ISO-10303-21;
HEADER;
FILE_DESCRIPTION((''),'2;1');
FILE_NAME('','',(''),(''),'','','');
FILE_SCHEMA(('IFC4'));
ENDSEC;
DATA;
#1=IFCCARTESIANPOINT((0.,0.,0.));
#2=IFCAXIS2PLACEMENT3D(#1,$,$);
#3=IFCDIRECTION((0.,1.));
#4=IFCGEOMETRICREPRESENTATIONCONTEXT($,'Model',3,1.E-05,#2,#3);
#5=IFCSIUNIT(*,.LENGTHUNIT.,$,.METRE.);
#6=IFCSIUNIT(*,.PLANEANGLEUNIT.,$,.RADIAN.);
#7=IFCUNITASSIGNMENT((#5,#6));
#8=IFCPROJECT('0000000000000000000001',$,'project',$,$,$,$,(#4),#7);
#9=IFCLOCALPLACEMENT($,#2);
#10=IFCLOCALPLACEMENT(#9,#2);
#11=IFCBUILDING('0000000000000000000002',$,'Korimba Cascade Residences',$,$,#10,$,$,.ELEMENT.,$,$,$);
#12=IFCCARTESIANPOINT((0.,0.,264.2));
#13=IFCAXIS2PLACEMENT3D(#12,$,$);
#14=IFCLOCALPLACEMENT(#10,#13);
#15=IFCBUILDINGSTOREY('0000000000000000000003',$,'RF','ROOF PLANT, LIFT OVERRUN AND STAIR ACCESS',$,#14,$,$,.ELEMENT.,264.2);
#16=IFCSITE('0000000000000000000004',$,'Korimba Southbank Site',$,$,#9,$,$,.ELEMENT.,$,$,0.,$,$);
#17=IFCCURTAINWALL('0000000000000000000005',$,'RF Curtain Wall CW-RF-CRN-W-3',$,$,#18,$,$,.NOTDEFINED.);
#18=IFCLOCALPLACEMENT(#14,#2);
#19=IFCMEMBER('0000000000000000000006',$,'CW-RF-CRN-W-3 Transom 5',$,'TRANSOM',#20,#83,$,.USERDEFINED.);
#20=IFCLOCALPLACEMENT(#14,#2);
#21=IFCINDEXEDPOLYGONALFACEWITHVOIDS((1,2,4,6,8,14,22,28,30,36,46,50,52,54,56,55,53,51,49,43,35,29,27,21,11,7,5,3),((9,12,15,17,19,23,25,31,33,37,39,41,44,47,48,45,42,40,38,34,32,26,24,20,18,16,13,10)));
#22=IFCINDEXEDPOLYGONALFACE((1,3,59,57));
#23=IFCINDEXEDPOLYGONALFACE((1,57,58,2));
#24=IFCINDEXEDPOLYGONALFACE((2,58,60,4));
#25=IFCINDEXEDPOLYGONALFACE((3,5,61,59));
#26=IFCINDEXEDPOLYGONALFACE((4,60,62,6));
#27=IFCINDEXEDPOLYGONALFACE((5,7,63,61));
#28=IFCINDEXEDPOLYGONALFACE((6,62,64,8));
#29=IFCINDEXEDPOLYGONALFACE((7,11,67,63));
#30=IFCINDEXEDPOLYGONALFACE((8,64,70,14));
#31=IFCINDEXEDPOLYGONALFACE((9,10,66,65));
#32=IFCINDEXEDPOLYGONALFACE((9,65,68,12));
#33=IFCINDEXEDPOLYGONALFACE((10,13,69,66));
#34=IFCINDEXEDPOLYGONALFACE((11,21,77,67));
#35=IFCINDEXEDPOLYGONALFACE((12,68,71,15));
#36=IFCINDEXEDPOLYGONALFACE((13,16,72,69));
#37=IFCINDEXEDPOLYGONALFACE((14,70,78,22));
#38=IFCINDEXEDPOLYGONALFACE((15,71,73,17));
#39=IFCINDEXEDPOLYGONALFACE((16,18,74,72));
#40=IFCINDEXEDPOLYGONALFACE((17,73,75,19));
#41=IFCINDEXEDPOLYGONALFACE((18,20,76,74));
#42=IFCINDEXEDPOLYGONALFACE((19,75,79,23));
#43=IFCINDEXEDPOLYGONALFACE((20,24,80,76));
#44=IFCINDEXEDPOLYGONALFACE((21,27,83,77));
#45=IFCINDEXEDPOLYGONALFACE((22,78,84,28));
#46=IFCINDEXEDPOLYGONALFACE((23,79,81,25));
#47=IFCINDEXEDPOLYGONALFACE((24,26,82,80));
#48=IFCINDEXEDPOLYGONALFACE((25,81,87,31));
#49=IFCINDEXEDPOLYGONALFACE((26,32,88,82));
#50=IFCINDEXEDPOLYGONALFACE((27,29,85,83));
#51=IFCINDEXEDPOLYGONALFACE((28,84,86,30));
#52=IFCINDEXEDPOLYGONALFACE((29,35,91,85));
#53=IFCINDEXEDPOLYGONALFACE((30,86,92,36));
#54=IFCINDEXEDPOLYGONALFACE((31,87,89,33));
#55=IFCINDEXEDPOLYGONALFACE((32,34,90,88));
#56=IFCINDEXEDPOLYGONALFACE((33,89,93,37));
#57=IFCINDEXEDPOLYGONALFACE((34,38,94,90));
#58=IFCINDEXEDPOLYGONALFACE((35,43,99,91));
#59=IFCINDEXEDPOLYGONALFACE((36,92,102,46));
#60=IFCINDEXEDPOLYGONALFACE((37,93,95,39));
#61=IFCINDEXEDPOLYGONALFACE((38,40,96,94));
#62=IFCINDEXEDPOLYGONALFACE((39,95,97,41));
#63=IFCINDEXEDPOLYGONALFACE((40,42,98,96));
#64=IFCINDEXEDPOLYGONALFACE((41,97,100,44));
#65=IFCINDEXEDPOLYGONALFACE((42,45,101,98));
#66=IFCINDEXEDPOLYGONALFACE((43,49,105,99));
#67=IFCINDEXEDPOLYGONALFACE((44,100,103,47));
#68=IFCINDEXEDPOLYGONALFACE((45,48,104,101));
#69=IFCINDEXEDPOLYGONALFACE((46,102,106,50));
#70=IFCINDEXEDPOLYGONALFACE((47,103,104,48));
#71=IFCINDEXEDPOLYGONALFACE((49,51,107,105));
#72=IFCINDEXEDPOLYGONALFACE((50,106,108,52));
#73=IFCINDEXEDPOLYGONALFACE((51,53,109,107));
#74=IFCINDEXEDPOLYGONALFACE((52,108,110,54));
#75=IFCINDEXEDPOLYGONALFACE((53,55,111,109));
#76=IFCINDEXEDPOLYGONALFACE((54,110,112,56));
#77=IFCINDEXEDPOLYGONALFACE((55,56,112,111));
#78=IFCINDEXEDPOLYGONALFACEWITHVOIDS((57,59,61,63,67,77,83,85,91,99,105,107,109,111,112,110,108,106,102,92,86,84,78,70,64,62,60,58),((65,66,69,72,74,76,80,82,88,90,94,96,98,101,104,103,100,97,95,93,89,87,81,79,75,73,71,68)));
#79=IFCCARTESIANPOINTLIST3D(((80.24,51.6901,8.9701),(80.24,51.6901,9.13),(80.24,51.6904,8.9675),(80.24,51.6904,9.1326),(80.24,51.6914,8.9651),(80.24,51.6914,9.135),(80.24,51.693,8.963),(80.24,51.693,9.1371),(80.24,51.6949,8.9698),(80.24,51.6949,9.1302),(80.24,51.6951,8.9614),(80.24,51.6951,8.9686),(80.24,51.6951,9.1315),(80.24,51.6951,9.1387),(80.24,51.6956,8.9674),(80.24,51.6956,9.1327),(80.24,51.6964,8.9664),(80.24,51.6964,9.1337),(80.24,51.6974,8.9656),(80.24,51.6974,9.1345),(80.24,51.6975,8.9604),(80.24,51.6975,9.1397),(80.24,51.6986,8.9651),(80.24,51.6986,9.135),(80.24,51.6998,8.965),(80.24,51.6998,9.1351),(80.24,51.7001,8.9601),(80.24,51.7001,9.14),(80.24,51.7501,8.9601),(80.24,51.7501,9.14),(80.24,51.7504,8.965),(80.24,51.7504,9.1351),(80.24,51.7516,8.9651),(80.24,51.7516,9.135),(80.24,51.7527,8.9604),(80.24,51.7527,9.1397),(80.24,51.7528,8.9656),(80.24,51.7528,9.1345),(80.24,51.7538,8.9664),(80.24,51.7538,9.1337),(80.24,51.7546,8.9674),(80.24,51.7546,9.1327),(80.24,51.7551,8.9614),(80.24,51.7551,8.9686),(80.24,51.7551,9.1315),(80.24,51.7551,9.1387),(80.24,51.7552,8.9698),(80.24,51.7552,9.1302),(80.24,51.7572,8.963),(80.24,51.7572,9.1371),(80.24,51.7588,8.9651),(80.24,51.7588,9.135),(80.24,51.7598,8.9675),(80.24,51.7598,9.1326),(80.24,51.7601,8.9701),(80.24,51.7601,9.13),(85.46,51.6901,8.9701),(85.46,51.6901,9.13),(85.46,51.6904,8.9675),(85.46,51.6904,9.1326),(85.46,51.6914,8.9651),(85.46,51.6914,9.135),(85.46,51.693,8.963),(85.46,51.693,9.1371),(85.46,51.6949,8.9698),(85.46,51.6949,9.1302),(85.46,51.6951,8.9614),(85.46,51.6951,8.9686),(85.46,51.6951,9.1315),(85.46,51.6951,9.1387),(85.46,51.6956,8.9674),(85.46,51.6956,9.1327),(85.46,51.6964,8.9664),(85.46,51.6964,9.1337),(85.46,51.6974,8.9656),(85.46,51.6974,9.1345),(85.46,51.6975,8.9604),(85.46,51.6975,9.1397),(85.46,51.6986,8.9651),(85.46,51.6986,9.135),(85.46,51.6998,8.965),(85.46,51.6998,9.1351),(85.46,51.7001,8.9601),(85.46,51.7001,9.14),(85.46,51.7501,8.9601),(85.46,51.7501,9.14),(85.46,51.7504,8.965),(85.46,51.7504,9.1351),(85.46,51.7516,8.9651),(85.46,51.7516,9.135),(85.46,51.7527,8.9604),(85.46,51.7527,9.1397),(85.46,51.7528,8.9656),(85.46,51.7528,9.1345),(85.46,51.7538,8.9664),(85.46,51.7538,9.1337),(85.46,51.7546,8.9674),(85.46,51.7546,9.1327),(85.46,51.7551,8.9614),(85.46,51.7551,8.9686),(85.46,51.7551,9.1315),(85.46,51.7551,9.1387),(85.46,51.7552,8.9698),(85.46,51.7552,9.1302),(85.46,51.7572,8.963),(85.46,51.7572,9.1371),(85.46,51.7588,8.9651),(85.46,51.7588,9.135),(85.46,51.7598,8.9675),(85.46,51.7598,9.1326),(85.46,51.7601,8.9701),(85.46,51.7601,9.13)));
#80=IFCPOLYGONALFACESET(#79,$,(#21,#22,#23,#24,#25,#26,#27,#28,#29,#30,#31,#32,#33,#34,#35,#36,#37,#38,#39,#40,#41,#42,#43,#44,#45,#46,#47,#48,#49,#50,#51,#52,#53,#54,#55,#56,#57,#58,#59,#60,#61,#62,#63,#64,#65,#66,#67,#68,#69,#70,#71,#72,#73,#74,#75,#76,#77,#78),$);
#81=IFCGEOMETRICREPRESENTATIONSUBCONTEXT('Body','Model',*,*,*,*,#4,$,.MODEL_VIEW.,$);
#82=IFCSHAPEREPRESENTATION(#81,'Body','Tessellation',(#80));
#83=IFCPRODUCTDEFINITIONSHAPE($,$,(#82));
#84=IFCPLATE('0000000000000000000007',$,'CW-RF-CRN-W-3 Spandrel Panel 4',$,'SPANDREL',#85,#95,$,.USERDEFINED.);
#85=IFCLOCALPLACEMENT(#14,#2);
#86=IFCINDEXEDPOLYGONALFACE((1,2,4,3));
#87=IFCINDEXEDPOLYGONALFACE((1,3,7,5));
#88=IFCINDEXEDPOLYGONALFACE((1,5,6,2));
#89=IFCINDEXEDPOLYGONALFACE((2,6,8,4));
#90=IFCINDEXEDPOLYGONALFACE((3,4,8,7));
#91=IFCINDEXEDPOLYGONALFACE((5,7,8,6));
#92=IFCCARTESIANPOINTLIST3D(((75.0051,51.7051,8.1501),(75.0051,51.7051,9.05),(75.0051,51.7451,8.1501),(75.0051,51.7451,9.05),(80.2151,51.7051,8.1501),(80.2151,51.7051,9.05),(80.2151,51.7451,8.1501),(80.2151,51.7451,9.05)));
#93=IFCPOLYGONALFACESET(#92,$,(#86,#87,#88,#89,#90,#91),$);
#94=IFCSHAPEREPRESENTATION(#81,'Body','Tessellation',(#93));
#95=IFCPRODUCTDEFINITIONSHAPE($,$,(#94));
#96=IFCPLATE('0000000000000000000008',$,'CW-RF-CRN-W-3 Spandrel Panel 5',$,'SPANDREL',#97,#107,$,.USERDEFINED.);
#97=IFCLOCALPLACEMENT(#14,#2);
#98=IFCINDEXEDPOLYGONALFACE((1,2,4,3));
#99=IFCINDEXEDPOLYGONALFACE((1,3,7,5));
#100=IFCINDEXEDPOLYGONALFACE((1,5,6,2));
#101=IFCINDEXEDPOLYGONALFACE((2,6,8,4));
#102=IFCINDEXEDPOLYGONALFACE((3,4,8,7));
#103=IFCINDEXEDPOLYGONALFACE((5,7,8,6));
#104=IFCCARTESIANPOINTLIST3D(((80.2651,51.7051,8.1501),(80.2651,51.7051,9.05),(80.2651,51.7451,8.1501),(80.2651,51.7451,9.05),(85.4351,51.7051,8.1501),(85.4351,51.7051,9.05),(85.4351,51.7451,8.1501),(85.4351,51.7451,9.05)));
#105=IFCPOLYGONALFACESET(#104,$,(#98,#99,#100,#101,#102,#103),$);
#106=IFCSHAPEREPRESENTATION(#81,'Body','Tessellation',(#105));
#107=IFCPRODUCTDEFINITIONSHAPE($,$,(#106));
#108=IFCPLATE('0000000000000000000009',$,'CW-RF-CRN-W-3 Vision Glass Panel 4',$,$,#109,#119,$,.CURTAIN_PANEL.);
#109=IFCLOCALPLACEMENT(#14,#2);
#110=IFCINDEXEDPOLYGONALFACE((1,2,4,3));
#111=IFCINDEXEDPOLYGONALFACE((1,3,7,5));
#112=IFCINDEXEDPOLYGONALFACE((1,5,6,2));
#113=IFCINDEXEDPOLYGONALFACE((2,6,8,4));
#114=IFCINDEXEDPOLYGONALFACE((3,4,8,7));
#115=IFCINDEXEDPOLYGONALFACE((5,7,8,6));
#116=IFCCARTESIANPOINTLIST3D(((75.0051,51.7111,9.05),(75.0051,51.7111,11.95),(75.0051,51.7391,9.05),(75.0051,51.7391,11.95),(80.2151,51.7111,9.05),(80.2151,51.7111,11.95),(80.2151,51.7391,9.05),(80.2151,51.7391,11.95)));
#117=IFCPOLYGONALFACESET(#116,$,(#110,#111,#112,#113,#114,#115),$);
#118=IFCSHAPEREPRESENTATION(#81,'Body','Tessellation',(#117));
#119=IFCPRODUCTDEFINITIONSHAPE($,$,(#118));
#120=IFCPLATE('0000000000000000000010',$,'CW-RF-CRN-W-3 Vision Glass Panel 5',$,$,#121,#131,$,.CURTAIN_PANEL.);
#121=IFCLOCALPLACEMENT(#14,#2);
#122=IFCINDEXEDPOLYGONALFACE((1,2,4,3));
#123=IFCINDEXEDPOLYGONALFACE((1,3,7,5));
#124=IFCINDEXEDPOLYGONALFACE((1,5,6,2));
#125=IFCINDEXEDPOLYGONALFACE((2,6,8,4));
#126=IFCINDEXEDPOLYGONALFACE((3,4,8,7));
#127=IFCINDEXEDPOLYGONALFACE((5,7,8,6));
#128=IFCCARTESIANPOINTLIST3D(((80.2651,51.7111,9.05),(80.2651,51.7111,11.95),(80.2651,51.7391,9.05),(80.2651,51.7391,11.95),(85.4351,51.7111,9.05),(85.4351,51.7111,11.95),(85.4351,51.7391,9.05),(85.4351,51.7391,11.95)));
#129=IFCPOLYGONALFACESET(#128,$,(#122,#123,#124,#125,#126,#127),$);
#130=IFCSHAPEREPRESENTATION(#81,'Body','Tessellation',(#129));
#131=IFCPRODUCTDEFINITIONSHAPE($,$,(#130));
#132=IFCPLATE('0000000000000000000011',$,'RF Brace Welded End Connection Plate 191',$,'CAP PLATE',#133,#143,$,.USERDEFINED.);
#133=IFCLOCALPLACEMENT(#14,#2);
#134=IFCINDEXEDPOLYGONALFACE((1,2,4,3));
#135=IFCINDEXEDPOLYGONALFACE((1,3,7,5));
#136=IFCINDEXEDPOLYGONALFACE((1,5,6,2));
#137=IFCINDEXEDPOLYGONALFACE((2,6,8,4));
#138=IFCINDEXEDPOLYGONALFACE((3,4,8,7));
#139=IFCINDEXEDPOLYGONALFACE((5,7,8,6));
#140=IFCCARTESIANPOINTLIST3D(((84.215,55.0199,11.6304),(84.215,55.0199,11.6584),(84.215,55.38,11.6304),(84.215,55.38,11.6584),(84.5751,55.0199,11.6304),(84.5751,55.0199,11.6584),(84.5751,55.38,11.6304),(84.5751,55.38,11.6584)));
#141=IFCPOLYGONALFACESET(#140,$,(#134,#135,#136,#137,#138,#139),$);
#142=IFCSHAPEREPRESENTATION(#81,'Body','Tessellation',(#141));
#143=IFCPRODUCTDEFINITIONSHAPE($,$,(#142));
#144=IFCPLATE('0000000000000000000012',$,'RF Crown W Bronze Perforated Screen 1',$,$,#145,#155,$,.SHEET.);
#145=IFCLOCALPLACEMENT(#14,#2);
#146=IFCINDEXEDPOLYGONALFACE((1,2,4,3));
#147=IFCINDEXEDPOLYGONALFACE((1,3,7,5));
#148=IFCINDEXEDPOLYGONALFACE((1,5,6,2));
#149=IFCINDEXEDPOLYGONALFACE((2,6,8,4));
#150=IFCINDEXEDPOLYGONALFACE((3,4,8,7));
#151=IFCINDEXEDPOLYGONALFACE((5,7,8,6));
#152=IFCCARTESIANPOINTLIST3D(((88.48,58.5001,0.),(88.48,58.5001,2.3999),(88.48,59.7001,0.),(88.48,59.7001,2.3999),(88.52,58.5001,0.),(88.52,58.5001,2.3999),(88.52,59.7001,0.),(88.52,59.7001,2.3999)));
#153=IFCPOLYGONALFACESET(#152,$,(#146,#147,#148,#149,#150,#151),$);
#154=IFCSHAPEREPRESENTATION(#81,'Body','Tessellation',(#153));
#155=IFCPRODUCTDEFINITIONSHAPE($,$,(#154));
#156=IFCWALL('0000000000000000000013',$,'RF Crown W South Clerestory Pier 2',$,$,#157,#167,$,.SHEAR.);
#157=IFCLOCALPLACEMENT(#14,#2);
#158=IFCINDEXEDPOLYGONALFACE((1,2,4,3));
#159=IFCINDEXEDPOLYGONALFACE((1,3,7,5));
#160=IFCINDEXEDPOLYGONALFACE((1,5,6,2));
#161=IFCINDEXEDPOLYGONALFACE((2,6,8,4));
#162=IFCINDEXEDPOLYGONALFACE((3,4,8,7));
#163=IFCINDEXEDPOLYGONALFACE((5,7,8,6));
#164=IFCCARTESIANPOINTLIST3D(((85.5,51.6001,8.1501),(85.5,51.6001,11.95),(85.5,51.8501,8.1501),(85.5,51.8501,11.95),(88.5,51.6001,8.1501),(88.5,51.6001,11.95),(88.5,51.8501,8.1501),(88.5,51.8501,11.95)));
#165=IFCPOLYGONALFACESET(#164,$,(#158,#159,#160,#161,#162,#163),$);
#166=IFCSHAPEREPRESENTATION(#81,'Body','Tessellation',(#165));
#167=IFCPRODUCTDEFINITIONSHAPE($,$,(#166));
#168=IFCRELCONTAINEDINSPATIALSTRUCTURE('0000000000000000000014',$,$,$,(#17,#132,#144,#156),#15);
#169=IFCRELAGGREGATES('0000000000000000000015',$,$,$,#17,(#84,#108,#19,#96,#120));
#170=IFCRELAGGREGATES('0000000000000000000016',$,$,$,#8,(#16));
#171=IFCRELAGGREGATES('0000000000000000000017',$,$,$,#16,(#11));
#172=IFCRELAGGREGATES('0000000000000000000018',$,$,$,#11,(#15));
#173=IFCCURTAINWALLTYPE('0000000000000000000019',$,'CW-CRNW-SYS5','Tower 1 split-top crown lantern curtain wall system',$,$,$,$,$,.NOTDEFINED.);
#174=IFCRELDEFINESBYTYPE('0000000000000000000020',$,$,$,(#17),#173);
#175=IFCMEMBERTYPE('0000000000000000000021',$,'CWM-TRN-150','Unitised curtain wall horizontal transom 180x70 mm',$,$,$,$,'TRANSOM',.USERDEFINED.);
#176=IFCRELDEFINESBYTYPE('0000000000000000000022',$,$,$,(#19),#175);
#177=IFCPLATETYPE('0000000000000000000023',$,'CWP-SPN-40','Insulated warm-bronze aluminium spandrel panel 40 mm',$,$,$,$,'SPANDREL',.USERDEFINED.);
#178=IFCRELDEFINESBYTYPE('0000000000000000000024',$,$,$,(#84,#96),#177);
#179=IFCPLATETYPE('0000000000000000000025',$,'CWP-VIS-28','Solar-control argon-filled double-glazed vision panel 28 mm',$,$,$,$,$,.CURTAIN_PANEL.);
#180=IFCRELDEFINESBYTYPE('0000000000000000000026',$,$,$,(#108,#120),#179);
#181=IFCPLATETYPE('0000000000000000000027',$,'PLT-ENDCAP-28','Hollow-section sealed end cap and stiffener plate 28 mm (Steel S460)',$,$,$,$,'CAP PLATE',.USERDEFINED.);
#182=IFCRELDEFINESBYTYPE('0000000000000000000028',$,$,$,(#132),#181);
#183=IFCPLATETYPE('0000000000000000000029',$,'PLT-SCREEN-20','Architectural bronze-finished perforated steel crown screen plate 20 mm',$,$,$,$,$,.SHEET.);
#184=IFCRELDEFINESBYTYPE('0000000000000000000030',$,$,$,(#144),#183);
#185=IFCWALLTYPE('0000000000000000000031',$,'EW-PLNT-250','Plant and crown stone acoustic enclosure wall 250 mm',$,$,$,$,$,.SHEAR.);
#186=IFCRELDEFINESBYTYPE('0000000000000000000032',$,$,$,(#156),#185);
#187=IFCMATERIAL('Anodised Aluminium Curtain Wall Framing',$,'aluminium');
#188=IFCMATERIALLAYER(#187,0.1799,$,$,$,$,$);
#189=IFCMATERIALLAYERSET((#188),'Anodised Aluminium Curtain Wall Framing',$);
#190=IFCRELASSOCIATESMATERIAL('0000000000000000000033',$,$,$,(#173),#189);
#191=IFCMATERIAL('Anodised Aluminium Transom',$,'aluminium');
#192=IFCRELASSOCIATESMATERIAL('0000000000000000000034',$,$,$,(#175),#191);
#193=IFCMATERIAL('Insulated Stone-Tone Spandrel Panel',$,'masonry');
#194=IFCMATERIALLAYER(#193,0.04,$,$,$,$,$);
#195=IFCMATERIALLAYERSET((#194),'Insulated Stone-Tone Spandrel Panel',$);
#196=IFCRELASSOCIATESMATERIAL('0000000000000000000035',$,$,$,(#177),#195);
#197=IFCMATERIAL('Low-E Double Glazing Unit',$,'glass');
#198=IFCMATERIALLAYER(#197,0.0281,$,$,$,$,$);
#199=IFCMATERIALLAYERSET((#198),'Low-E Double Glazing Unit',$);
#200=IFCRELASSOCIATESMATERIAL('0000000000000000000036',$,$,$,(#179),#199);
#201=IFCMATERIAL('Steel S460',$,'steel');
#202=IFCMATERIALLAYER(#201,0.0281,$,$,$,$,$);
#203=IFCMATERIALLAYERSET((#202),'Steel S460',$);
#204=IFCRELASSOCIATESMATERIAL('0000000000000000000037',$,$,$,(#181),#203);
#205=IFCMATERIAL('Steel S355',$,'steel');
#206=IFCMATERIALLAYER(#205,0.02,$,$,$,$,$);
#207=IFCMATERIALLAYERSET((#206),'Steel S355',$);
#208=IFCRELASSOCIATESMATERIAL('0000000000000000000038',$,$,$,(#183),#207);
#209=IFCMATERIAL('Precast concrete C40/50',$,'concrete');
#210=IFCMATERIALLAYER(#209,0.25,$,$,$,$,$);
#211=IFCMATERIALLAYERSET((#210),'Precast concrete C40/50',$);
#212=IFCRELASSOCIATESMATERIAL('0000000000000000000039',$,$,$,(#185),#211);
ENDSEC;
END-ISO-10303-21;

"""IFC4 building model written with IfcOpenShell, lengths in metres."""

from ifc_helpers import new_model, si_unit, direction, frame, frame_2d, origin, origin_2d, place, context, subcontext, project, spatial, rectangle, hollow_rectangle, extrude, material, layer, layer_set, material_profile, profile_set, type_object, element, aggregate, save


model = new_model("IFC4")

# Units and contexts
model_context = context("Model", 3, precision=1e-05, world=origin(), true_north=direction((0.0, 1.0)))
body_context = subcontext(model_context, "Body", "Model", "MODEL_VIEW")
ifc_project = project(units=[si_unit("LENGTHUNIT", "METRE"), si_unit("PLANEANGLEUNIT", "RADIAN")], contexts=[model_context])

# Site, building, storey
site_placement = place(None, origin())
site = spatial("IfcSite", under=ifc_project, at=site_placement, Name="Korimba Southbank Site", CompositionType="ELEMENT", RefElevation=0.0)
building_placement = place(site_placement, origin())
building = spatial("IfcBuilding", under=site, at=building_placement, Name="Korimba Cascade Residences", CompositionType="ELEMENT")
storey_placement = place(building_placement, frame((0.0, 0.0, 264.2)))
storey = spatial("IfcBuildingStorey", under=building, at=storey_placement, Name="RF", Description="ROOF PLANT, LIFT OVERRUN AND STAIR ACCESS", CompositionType="ELEMENT", Elevation=264.2)

# Shared definitions
ifc_material_1 = material(Name="Steel S355", Category="steel")

# Curtain wall, member, plates
ifc_material_2 = material(Name="Anodised Aluminium Curtain Wall Framing", Category="aluminium")
ifc_layer_1 = layer(ifc_material_2, 0.1799)
ifc_layer_set_1 = layer_set([ifc_layer_1], Name="Anodised Aluminium Curtain Wall Framing")
curtain_wall_type = type_object("IfcCurtainWallType", Name="CW-CRNW-SYS5", Description="Tower 1 split-top crown lantern curtain wall system", PredefinedType="NOTDEFINED", material=ifc_layer_set_1)
curtain_wall_placement = place(storey_placement, origin())
curtain_wall = element("IfcCurtainWall", 1, at=curtain_wall_placement, inside=storey, type_object=curtain_wall_type, Name="RF Curtain Wall CW-RF-CRN-W-3", PredefinedType="NOTDEFINED")
ifc_material_3 = material(Name="Anodised Aluminium Transom", Category="aluminium")
ifc_material_profile_1 = material_profile(ifc_material_3, hollow_rectangle(XDim=0.0701, YDim=0.1799, WallThickness=0.0049, InnerFilletRadius=0.0049, OuterFilletRadius=0.01, at=origin_2d()), Name="Anodised Aluminium Transom")
ifc_profile_set_1 = profile_set([ifc_material_profile_1], Name="Anodised Aluminium Transom")
member_type_1 = type_object("IfcMemberType", Name="CWM-TRN-150", Description="Unitised curtain wall horizontal transom 180x70 mm", ElementType="TRANSOM", PredefinedType="USERDEFINED", material=ifc_profile_set_1)
member_1_placement = place(storey_placement, frame((80.24, 51.7251, 9.05), z_axis=(1.0, 0.0, 0.0), x_axis=(0.0, 1.0, 0.0)))
member_1 = element("IfcMember", 2, at=member_1_placement, type_object=member_type_1, Name="CW-RF-CRN-W-3 Transom 5", ObjectType="TRANSOM", PredefinedType="USERDEFINED", context=body_context, shape_type="SweptSolid", body=[
    extrude(hollow_rectangle(XDim=0.0701, YDim=0.1799, WallThickness=0.0049, InnerFilletRadius=0.0049, OuterFilletRadius=0.01, at=origin_2d()), origin(), (0.0, 0.0, 1.0), 5.22),
])
ifc_material_4 = material(Name="Insulated Stone-Tone Spandrel Panel", Category="masonry")
ifc_layer_2 = layer(ifc_material_4, 0.04)
ifc_layer_set_2 = layer_set([ifc_layer_2], Name="Insulated Stone-Tone Spandrel Panel")
plate_type_1 = type_object("IfcPlateType", Name="CWP-SPN-40", Description="Insulated warm-bronze aluminium spandrel panel 40 mm", ElementType="SPANDREL", PredefinedType="USERDEFINED", material=ifc_layer_set_2)
plate_1_placement = place(storey_placement, frame((77.6101, 51.7251, 8.1501), z_axis=(0.0, 0.0, 1.0), x_axis=(1.0, 0.0, 0.0)))
plate_1 = element("IfcPlate", 3, at=plate_1_placement, type_object=plate_type_1, Name="CW-RF-CRN-W-3 Spandrel Panel 4", ObjectType="SPANDREL", PredefinedType="USERDEFINED", context=body_context, shape_type="SweptSolid", body=[
    extrude(rectangle(XDim=5.21, YDim=0.04, at=origin_2d()), origin(), (0.0, 0.0, 1.0), 0.8999),
])
plate_2_placement = place(storey_placement, frame((82.8501, 51.7251, 8.1501), z_axis=(0.0, 0.0, 1.0), x_axis=(1.0, 0.0, 0.0)))
plate_2 = element("IfcPlate", 4, at=plate_2_placement, type_object=plate_type_1, Name="CW-RF-CRN-W-3 Spandrel Panel 5", ObjectType="SPANDREL", PredefinedType="USERDEFINED", context=body_context, shape_type="SweptSolid", body=[
    extrude(rectangle(XDim=5.1699, YDim=0.04, at=origin_2d()), origin(), (0.0, 0.0, 1.0), 0.8999),
])
ifc_material_5 = material(Name="Low-E Double Glazing Unit", Category="glass")
ifc_layer_3 = layer(ifc_material_5, 0.0281)
ifc_layer_set_3 = layer_set([ifc_layer_3], Name="Low-E Double Glazing Unit")
plate_type_2 = type_object("IfcPlateType", Name="CWP-VIS-28", Description="Solar-control argon-filled double-glazed vision panel 28 mm", PredefinedType="CURTAIN_PANEL", material=ifc_layer_set_3)
plate_3_placement = place(storey_placement, frame((77.6101, 51.7251, 9.05), z_axis=(0.0, 0.0, 1.0), x_axis=(1.0, 0.0, 0.0)))
plate_3 = element("IfcPlate", 5, at=plate_3_placement, type_object=plate_type_2, Name="CW-RF-CRN-W-3 Vision Glass Panel 4", PredefinedType="CURTAIN_PANEL", context=body_context, shape_type="SweptSolid", body=[
    extrude(rectangle(XDim=5.21, YDim=0.0281, at=origin_2d()), origin(), (0.0, 0.0, 1.0), 2.8999),
])
plate_4_placement = place(storey_placement, frame((82.8501, 51.7251, 9.05), z_axis=(0.0, 0.0, 1.0), x_axis=(1.0, 0.0, 0.0)))
plate_4 = element("IfcPlate", 6, at=plate_4_placement, type_object=plate_type_2, Name="CW-RF-CRN-W-3 Vision Glass Panel 5", PredefinedType="CURTAIN_PANEL", context=body_context, shape_type="SweptSolid", body=[
    extrude(rectangle(XDim=5.1699, YDim=0.0281, at=origin_2d()), origin(), (0.0, 0.0, 1.0), 2.8999),
])
aggregate(curtain_wall, [plate_1, plate_3, member_1, plate_2, plate_4])

# Plates
ifc_material_6 = material(Name="Steel S460", Category="steel")
ifc_layer_4 = layer(ifc_material_6, 0.0281)
ifc_layer_set_4 = layer_set([ifc_layer_4], Name="Steel S460")
plate_type_3 = type_object("IfcPlateType", Name="PLT-ENDCAP-28", Description="Hollow-section sealed end cap and stiffener plate 28 mm (Steel S460)", ElementType="CAP PLATE", PredefinedType="USERDEFINED", material=ifc_layer_set_4)
plate_5_placement = place(storey_placement, frame((84.395, 55.2, 11.6304), z_axis=(0.0, 0.0, 1.0), x_axis=(1.0, 0.0, 0.0)))
element("IfcPlate", 7, at=plate_5_placement, inside=storey, type_object=plate_type_3, Name="RF Brace Welded End Connection Plate 191", ObjectType="CAP PLATE", PredefinedType="USERDEFINED", context=body_context, shape_type="SweptSolid", body=[
    extrude(rectangle(XDim=0.3601, YDim=0.3601, at=origin_2d()), origin(), (0.0, 0.0, 1.0), 0.0281),
])
ifc_layer_5 = layer(ifc_material_1, 0.02)
ifc_layer_set_5 = layer_set([ifc_layer_5], Name="Steel S355")
plate_type_4 = type_object("IfcPlateType", Name="PLT-SCREEN-20", Description="Architectural bronze-finished perforated steel crown screen plate 20 mm", PredefinedType="SHEET", material=ifc_layer_set_5)
plate_6_placement = place(storey_placement, frame((88.5, 59.1001, 0.0), z_axis=(0.0, 0.0, 1.0), x_axis=(1.0, 0.0, 0.0)))
element("IfcPlate", 8, at=plate_6_placement, inside=storey, type_object=plate_type_4, Name="RF Crown W Bronze Perforated Screen 1", PredefinedType="SHEET", context=body_context, shape_type="SweptSolid", body=[
    extrude(rectangle(XDim=0.04, YDim=1.2, at=origin_2d()), origin(), (0.0, 0.0, 1.0), 2.3999),
])

# Wall
ifc_material_7 = material(Name="Precast concrete C40/50", Category="concrete")
ifc_layer_6 = layer(ifc_material_7, 0.25)
ifc_layer_set_6 = layer_set([ifc_layer_6], Name="Precast concrete C40/50")
wall_type_1 = type_object("IfcWallType", Name="EW-PLNT-250", Description="Plant and crown stone acoustic enclosure wall 250 mm", PredefinedType="SHEAR", material=ifc_layer_set_6)
wall_1_placement = place(storey_placement, frame((85.5, 51.7251, 8.1501), z_axis=(0.0, 0.0, 1.0), x_axis=(1.0, 0.0, 0.0)))
element("IfcWall", 9, at=wall_1_placement, inside=storey, type_object=wall_type_1, Name="RF Crown W South Clerestory Pier 2", PredefinedType="SHEAR", context=body_context, shape_type="SweptSolid", body=[
    extrude(rectangle(XDim=3.0, YDim=0.25, at=frame_2d((1.5, 0.0))), origin(), (0.0, 0.0, 1.0), 3.7998),
])

save(model, "model.ifc")
